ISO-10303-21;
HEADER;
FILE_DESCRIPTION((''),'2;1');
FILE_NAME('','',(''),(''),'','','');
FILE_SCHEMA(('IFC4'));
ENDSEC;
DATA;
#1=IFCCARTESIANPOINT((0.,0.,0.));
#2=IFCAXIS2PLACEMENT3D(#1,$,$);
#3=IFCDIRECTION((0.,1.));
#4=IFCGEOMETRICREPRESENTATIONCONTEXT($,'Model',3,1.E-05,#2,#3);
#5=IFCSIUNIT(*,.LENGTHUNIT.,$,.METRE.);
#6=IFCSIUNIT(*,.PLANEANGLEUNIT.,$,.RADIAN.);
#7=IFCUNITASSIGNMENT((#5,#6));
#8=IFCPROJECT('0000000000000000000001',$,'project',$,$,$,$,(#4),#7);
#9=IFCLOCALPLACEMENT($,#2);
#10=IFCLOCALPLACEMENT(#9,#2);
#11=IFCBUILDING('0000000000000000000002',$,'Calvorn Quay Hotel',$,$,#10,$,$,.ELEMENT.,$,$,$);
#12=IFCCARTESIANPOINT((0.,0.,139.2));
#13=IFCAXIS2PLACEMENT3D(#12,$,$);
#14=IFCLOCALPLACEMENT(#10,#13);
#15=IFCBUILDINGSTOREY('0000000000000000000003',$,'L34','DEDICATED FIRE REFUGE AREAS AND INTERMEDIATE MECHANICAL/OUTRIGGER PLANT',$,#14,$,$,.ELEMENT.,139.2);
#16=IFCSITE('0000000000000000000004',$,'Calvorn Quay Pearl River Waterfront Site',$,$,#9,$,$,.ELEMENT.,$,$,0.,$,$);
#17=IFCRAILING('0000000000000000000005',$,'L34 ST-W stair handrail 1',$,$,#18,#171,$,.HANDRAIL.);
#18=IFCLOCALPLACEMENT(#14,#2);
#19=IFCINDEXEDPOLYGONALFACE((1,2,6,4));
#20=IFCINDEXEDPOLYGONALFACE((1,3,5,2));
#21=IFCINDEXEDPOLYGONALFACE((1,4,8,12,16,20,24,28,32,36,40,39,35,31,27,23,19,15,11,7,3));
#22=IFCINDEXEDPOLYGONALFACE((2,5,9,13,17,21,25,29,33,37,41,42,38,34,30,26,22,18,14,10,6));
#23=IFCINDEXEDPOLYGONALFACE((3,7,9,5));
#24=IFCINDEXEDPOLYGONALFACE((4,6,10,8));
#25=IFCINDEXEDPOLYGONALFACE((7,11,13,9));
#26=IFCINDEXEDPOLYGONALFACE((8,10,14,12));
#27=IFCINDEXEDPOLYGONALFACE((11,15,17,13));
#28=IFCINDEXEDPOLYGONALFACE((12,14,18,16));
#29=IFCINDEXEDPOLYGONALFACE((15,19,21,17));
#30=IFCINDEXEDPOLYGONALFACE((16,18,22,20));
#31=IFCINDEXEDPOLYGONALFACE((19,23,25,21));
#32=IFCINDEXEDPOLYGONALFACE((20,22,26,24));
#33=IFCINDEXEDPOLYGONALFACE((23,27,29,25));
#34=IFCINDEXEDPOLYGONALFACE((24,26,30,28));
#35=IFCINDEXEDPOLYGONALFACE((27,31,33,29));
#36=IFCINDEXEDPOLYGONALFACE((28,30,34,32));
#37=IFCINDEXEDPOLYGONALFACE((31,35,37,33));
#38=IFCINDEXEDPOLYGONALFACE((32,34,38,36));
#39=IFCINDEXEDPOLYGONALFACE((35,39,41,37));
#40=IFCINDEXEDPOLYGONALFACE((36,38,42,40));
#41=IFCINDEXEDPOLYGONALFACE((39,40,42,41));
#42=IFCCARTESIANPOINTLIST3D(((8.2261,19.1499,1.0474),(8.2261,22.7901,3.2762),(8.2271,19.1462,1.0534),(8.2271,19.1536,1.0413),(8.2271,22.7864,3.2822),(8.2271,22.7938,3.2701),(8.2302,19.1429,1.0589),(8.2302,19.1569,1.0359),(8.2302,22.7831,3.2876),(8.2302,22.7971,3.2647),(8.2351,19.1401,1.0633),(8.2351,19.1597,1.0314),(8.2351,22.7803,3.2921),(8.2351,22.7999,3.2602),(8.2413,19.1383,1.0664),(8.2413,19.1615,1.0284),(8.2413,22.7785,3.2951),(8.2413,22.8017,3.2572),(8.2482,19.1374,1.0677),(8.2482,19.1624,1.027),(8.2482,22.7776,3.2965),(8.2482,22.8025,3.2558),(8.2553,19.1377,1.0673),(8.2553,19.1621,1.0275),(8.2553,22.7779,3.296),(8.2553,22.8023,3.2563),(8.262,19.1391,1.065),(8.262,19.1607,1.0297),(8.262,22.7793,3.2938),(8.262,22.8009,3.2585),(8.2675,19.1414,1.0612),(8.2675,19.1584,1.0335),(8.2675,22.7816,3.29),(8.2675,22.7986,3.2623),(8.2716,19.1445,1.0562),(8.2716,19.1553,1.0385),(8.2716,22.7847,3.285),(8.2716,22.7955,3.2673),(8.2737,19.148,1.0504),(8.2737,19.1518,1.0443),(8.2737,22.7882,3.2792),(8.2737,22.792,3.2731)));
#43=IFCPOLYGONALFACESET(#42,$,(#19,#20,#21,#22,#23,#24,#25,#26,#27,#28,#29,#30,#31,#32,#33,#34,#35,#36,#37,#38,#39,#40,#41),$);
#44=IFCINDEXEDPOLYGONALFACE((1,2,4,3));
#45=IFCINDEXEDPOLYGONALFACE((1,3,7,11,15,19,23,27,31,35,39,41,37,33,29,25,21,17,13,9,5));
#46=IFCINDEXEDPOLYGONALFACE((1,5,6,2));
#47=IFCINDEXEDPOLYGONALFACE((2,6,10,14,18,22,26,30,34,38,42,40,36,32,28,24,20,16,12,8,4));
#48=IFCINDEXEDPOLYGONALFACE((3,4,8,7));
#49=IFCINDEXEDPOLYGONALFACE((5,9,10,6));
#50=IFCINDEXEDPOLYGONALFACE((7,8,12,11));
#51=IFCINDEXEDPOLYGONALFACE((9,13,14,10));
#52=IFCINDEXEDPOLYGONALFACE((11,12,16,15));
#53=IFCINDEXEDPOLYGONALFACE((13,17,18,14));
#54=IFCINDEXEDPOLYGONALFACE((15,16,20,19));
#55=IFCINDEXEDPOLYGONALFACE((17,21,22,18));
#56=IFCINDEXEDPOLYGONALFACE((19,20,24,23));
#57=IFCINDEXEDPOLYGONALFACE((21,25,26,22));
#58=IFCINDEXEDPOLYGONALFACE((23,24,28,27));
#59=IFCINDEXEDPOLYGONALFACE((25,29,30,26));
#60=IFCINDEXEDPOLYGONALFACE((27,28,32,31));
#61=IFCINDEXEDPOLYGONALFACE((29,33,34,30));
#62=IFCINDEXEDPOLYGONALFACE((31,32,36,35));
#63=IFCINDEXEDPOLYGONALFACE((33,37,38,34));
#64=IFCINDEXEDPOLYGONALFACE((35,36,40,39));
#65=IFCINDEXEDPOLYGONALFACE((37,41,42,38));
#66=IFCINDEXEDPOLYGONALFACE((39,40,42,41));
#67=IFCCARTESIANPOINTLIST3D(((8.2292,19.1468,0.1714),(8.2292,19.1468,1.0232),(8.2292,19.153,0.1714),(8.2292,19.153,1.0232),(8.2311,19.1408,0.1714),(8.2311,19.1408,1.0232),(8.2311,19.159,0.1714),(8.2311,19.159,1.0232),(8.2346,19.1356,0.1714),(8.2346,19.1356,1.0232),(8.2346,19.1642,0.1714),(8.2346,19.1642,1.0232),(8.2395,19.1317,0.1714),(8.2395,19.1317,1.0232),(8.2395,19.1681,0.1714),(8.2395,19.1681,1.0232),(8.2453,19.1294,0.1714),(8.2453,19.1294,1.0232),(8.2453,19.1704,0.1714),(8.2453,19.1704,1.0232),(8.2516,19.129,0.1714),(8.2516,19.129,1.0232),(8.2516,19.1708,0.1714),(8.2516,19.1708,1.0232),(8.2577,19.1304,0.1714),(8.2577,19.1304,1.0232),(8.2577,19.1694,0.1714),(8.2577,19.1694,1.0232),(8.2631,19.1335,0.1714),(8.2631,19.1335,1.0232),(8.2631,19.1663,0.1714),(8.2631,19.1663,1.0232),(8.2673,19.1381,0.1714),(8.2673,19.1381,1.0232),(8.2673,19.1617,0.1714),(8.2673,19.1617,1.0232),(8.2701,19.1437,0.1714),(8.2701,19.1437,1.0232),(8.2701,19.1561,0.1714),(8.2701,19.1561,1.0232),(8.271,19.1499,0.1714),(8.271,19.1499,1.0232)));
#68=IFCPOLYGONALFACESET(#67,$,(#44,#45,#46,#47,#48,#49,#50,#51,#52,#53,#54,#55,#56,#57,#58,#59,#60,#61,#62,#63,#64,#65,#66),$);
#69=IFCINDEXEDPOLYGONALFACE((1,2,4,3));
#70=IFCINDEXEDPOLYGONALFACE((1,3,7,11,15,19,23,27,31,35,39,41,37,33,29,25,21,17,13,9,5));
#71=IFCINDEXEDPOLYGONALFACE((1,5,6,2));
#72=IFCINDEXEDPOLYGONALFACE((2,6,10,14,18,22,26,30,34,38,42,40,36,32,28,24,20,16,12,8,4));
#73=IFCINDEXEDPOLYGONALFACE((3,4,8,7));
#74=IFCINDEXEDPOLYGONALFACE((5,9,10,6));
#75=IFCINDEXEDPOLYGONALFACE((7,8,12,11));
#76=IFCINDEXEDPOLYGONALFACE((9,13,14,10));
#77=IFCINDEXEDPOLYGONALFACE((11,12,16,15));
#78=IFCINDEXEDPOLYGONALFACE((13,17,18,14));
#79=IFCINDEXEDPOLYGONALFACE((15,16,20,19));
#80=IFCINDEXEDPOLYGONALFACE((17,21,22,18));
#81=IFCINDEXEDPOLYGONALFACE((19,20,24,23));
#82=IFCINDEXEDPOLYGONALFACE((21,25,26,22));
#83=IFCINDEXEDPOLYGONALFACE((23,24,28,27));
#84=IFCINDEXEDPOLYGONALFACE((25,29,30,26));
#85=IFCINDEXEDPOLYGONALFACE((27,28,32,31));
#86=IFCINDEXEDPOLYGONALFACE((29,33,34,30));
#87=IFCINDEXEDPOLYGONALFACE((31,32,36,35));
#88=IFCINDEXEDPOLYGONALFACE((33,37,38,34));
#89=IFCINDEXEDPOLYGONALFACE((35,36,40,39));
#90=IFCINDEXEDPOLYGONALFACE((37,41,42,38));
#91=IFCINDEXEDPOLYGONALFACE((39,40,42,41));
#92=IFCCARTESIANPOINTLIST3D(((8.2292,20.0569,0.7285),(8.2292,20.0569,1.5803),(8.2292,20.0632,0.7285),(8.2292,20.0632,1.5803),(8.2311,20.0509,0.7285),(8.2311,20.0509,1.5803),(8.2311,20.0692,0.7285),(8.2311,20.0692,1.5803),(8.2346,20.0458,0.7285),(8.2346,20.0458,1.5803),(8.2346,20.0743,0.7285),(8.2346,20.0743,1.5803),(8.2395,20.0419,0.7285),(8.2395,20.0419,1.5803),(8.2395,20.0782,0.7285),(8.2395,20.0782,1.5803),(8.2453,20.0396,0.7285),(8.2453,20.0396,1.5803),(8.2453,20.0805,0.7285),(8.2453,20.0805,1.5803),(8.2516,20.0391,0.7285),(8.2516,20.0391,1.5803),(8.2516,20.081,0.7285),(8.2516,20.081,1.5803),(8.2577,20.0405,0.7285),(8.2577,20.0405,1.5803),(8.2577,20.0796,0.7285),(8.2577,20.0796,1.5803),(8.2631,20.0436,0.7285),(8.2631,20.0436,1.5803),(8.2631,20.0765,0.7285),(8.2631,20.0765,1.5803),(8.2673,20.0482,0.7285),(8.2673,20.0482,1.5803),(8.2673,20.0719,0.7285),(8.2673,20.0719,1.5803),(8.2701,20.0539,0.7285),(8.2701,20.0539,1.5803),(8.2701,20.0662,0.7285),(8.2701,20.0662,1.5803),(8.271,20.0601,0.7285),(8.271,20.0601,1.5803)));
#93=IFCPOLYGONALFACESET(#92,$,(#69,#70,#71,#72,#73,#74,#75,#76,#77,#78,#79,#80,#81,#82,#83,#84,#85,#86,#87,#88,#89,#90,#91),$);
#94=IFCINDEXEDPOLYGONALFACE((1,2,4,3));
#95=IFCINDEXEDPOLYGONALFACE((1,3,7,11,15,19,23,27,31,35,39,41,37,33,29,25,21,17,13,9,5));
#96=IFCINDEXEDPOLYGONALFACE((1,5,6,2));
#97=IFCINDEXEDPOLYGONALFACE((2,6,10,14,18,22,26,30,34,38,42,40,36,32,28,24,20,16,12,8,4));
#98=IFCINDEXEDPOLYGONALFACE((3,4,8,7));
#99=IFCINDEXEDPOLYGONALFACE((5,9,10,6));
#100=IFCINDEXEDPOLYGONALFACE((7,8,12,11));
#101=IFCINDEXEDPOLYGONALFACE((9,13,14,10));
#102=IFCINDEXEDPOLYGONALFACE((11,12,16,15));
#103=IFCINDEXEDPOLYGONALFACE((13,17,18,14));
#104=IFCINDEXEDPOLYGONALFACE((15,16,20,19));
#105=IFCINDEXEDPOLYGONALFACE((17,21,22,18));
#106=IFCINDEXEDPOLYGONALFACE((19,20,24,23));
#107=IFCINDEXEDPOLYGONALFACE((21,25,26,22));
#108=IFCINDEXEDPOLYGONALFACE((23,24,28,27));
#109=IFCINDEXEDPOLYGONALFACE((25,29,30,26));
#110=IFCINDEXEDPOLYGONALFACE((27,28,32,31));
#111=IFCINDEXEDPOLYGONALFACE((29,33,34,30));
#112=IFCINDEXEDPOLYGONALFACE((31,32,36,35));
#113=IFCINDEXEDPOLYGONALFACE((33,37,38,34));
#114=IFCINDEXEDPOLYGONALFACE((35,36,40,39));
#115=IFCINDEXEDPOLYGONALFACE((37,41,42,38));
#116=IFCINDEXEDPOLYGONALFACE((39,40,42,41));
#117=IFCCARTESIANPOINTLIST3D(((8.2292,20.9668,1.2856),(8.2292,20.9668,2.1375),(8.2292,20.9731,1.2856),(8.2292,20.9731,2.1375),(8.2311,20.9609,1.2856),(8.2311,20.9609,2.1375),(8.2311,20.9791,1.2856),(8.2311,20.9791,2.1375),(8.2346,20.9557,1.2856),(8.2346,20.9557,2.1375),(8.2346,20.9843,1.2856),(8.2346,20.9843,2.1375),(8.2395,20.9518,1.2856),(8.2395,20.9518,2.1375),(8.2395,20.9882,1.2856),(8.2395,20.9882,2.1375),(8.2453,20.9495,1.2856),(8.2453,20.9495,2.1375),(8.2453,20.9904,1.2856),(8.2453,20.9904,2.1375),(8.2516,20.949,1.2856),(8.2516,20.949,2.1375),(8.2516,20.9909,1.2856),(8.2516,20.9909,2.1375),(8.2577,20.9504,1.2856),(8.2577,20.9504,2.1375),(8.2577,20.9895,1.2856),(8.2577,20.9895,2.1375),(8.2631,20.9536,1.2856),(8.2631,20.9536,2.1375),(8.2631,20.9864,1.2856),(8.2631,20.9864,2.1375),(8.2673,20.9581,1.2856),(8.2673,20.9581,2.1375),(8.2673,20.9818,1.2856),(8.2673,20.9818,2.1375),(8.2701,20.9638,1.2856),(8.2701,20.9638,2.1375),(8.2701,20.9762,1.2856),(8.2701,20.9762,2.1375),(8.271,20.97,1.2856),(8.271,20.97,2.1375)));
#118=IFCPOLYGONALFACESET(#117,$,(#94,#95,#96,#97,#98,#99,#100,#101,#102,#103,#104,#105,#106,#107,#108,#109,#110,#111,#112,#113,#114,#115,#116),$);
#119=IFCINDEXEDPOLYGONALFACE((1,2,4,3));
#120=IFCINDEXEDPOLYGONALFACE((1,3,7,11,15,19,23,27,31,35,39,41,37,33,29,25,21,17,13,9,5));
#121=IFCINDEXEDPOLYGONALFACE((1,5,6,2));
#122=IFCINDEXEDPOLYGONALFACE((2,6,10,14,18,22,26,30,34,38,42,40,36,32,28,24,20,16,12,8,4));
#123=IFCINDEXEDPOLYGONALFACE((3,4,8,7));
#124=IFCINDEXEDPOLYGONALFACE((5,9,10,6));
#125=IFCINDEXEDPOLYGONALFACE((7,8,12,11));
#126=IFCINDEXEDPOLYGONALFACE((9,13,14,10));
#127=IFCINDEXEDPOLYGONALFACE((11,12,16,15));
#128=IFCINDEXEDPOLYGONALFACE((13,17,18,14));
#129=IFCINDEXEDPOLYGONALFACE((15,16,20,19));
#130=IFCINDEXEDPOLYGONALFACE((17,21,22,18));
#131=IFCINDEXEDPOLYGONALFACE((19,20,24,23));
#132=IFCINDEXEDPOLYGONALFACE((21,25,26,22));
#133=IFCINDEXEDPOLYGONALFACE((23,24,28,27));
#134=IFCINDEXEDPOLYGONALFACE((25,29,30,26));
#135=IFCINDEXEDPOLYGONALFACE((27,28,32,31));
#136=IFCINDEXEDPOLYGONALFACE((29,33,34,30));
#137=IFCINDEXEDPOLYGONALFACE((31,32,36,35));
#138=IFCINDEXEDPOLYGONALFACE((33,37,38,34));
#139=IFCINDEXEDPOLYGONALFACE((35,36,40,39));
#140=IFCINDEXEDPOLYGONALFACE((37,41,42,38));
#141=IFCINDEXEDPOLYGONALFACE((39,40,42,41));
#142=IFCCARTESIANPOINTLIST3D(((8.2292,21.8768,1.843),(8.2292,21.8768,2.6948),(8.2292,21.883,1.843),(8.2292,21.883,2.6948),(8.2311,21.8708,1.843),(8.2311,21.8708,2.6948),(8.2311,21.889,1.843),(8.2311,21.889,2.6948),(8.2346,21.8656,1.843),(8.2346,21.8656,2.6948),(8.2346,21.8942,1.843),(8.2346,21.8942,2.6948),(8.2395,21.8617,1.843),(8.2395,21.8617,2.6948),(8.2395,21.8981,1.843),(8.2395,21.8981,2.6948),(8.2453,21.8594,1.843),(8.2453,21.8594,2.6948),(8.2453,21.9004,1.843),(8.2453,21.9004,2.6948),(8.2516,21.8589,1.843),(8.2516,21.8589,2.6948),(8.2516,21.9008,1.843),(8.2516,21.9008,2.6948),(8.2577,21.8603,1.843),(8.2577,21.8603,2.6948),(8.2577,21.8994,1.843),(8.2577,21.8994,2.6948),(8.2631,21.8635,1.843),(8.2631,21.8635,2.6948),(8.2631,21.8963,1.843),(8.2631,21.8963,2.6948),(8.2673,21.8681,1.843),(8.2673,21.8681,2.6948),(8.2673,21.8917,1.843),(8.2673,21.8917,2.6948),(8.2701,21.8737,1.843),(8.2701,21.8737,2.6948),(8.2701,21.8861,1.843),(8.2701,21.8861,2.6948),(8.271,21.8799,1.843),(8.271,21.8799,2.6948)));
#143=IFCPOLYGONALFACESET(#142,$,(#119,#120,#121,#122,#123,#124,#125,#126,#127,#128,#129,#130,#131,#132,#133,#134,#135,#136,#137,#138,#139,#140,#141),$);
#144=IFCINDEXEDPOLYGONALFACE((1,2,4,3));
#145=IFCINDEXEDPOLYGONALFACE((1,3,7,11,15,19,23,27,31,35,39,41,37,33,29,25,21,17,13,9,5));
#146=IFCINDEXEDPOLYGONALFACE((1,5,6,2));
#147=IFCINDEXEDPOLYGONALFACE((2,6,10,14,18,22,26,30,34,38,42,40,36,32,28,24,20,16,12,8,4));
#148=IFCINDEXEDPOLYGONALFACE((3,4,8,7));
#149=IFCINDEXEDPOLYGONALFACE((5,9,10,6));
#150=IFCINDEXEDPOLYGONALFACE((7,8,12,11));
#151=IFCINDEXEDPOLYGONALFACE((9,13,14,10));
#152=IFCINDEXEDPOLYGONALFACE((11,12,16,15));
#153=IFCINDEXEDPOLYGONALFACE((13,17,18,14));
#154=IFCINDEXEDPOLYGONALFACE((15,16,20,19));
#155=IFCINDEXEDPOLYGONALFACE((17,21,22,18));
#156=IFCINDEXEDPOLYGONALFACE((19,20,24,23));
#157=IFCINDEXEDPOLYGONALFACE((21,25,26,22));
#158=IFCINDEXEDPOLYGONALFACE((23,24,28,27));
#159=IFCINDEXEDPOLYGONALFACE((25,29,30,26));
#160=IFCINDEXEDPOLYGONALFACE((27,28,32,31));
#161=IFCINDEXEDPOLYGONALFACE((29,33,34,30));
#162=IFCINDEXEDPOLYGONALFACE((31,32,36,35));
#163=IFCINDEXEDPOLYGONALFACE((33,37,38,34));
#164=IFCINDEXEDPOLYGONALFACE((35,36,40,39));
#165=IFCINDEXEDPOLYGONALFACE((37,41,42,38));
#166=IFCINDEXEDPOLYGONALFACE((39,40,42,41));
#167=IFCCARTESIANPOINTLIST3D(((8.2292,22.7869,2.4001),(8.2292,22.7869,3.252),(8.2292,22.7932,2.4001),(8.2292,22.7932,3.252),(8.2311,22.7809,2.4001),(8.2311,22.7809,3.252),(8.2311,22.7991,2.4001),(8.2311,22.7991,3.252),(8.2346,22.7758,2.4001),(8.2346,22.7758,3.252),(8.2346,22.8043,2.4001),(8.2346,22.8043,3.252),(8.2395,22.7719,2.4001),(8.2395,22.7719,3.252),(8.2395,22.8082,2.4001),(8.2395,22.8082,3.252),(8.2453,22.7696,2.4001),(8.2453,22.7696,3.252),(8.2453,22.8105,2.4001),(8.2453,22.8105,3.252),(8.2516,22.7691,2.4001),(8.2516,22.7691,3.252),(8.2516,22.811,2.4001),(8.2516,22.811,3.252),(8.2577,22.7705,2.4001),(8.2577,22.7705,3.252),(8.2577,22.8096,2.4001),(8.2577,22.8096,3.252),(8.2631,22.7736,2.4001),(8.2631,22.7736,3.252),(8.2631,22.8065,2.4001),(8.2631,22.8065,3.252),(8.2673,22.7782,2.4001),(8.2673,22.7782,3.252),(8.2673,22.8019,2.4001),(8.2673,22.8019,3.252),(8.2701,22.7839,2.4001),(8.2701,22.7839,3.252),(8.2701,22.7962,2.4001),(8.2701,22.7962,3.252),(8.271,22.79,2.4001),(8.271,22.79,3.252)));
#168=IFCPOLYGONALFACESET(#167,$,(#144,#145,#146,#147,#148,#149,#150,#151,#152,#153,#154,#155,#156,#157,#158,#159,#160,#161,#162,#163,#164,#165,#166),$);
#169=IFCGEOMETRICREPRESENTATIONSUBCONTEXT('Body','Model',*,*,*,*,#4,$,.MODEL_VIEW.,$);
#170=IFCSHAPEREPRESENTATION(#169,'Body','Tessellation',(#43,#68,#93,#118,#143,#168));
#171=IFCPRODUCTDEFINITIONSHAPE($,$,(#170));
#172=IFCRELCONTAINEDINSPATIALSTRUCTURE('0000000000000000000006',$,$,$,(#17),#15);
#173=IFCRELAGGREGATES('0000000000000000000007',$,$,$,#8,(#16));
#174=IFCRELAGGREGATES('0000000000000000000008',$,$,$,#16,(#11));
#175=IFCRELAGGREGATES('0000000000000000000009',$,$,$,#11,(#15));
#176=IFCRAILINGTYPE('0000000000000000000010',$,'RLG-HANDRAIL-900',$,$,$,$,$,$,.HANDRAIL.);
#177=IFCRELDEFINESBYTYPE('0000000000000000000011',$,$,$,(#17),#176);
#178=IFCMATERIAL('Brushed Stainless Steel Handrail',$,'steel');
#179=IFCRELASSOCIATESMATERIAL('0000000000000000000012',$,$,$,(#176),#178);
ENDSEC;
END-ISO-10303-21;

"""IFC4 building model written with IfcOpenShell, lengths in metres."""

from ifc_helpers import new_model, si_unit, direction, frame, origin, origin_2d, place, context, subcontext, project, spatial, circle, extrude, material, type_object, element, save


model = new_model("IFC4")

# Units and contexts
model_context = context("Model", 3, precision=1e-05, world=origin(), true_north=direction((0.0, 1.0)))
body_context = subcontext(model_context, "Body", "Model", "MODEL_VIEW")
ifc_project = project(units=[si_unit("LENGTHUNIT", "METRE"), si_unit("PLANEANGLEUNIT", "RADIAN")], contexts=[model_context])

# Site, building, storey
site_placement = place(None, origin())
site = spatial("IfcSite", under=ifc_project, at=site_placement, Name="Calvorn Quay Pearl River Waterfront Site", CompositionType="ELEMENT", RefElevation=0.0)
building_placement = place(site_placement, origin())
building = spatial("IfcBuilding", under=site, at=building_placement, Name="Calvorn Quay Hotel", CompositionType="ELEMENT")
storey_placement = place(building_placement, frame((0.0, 0.0, 139.2)))
storey = spatial("IfcBuildingStorey", under=building, at=storey_placement, Name="L34", Description="DEDICATED FIRE REFUGE AREAS AND INTERMEDIATE MECHANICAL/OUTRIGGER PLANT", CompositionType="ELEMENT", Elevation=139.2)

# Railing
ifc_material_1 = material(Name="Brushed Stainless Steel Handrail", Category="steel")
railing_type_1 = type_object("IfcRailingType", Name="RLG-HANDRAIL-900", PredefinedType="HANDRAIL", material=ifc_material_1)
railing_1_placement = place(storey_placement, frame((8.25, 19.1499, 0.1714)))
element("IfcRailing", 1, at=railing_1_placement, inside=storey, type_object=railing_type_1, Name="L34 ST-W stair handrail 1", PredefinedType="HANDRAIL", context=body_context, shape_type="SweptSolid", body=[
    extrude(circle(Radius=0.0239, at=origin_2d()), frame((0.0, 0.0, 0.876), z_axis=(0.0, 0.85284, 0.522172), x_axis=(-1.0, 0.0, 0.0)), (0.0, 0.0, 1.0), 4.2683),
    extrude(circle(Radius=0.021, at=origin_2d()), origin(), (0.0, 0.0, 1.0), 0.8518),
    extrude(circle(Radius=0.021, at=origin_2d()), frame((0.0, 0.9102, 0.5571)), (0.0, 0.0, 1.0), 0.8518),
    extrude(circle(Radius=0.021, at=origin_2d()), frame((0.0, 1.8201, 1.1143)), (0.0, 0.0, 1.0), 0.8518),
    extrude(circle(Radius=0.021, at=origin_2d()), frame((0.0, 2.73, 1.6716)), (0.0, 0.0, 1.0), 0.8518),
    extrude(circle(Radius=0.021, at=origin_2d()), frame((0.0, 3.6401, 2.2288)), (0.0, 0.0, 1.0), 0.8518),
])

save(model, "model.ifc")
